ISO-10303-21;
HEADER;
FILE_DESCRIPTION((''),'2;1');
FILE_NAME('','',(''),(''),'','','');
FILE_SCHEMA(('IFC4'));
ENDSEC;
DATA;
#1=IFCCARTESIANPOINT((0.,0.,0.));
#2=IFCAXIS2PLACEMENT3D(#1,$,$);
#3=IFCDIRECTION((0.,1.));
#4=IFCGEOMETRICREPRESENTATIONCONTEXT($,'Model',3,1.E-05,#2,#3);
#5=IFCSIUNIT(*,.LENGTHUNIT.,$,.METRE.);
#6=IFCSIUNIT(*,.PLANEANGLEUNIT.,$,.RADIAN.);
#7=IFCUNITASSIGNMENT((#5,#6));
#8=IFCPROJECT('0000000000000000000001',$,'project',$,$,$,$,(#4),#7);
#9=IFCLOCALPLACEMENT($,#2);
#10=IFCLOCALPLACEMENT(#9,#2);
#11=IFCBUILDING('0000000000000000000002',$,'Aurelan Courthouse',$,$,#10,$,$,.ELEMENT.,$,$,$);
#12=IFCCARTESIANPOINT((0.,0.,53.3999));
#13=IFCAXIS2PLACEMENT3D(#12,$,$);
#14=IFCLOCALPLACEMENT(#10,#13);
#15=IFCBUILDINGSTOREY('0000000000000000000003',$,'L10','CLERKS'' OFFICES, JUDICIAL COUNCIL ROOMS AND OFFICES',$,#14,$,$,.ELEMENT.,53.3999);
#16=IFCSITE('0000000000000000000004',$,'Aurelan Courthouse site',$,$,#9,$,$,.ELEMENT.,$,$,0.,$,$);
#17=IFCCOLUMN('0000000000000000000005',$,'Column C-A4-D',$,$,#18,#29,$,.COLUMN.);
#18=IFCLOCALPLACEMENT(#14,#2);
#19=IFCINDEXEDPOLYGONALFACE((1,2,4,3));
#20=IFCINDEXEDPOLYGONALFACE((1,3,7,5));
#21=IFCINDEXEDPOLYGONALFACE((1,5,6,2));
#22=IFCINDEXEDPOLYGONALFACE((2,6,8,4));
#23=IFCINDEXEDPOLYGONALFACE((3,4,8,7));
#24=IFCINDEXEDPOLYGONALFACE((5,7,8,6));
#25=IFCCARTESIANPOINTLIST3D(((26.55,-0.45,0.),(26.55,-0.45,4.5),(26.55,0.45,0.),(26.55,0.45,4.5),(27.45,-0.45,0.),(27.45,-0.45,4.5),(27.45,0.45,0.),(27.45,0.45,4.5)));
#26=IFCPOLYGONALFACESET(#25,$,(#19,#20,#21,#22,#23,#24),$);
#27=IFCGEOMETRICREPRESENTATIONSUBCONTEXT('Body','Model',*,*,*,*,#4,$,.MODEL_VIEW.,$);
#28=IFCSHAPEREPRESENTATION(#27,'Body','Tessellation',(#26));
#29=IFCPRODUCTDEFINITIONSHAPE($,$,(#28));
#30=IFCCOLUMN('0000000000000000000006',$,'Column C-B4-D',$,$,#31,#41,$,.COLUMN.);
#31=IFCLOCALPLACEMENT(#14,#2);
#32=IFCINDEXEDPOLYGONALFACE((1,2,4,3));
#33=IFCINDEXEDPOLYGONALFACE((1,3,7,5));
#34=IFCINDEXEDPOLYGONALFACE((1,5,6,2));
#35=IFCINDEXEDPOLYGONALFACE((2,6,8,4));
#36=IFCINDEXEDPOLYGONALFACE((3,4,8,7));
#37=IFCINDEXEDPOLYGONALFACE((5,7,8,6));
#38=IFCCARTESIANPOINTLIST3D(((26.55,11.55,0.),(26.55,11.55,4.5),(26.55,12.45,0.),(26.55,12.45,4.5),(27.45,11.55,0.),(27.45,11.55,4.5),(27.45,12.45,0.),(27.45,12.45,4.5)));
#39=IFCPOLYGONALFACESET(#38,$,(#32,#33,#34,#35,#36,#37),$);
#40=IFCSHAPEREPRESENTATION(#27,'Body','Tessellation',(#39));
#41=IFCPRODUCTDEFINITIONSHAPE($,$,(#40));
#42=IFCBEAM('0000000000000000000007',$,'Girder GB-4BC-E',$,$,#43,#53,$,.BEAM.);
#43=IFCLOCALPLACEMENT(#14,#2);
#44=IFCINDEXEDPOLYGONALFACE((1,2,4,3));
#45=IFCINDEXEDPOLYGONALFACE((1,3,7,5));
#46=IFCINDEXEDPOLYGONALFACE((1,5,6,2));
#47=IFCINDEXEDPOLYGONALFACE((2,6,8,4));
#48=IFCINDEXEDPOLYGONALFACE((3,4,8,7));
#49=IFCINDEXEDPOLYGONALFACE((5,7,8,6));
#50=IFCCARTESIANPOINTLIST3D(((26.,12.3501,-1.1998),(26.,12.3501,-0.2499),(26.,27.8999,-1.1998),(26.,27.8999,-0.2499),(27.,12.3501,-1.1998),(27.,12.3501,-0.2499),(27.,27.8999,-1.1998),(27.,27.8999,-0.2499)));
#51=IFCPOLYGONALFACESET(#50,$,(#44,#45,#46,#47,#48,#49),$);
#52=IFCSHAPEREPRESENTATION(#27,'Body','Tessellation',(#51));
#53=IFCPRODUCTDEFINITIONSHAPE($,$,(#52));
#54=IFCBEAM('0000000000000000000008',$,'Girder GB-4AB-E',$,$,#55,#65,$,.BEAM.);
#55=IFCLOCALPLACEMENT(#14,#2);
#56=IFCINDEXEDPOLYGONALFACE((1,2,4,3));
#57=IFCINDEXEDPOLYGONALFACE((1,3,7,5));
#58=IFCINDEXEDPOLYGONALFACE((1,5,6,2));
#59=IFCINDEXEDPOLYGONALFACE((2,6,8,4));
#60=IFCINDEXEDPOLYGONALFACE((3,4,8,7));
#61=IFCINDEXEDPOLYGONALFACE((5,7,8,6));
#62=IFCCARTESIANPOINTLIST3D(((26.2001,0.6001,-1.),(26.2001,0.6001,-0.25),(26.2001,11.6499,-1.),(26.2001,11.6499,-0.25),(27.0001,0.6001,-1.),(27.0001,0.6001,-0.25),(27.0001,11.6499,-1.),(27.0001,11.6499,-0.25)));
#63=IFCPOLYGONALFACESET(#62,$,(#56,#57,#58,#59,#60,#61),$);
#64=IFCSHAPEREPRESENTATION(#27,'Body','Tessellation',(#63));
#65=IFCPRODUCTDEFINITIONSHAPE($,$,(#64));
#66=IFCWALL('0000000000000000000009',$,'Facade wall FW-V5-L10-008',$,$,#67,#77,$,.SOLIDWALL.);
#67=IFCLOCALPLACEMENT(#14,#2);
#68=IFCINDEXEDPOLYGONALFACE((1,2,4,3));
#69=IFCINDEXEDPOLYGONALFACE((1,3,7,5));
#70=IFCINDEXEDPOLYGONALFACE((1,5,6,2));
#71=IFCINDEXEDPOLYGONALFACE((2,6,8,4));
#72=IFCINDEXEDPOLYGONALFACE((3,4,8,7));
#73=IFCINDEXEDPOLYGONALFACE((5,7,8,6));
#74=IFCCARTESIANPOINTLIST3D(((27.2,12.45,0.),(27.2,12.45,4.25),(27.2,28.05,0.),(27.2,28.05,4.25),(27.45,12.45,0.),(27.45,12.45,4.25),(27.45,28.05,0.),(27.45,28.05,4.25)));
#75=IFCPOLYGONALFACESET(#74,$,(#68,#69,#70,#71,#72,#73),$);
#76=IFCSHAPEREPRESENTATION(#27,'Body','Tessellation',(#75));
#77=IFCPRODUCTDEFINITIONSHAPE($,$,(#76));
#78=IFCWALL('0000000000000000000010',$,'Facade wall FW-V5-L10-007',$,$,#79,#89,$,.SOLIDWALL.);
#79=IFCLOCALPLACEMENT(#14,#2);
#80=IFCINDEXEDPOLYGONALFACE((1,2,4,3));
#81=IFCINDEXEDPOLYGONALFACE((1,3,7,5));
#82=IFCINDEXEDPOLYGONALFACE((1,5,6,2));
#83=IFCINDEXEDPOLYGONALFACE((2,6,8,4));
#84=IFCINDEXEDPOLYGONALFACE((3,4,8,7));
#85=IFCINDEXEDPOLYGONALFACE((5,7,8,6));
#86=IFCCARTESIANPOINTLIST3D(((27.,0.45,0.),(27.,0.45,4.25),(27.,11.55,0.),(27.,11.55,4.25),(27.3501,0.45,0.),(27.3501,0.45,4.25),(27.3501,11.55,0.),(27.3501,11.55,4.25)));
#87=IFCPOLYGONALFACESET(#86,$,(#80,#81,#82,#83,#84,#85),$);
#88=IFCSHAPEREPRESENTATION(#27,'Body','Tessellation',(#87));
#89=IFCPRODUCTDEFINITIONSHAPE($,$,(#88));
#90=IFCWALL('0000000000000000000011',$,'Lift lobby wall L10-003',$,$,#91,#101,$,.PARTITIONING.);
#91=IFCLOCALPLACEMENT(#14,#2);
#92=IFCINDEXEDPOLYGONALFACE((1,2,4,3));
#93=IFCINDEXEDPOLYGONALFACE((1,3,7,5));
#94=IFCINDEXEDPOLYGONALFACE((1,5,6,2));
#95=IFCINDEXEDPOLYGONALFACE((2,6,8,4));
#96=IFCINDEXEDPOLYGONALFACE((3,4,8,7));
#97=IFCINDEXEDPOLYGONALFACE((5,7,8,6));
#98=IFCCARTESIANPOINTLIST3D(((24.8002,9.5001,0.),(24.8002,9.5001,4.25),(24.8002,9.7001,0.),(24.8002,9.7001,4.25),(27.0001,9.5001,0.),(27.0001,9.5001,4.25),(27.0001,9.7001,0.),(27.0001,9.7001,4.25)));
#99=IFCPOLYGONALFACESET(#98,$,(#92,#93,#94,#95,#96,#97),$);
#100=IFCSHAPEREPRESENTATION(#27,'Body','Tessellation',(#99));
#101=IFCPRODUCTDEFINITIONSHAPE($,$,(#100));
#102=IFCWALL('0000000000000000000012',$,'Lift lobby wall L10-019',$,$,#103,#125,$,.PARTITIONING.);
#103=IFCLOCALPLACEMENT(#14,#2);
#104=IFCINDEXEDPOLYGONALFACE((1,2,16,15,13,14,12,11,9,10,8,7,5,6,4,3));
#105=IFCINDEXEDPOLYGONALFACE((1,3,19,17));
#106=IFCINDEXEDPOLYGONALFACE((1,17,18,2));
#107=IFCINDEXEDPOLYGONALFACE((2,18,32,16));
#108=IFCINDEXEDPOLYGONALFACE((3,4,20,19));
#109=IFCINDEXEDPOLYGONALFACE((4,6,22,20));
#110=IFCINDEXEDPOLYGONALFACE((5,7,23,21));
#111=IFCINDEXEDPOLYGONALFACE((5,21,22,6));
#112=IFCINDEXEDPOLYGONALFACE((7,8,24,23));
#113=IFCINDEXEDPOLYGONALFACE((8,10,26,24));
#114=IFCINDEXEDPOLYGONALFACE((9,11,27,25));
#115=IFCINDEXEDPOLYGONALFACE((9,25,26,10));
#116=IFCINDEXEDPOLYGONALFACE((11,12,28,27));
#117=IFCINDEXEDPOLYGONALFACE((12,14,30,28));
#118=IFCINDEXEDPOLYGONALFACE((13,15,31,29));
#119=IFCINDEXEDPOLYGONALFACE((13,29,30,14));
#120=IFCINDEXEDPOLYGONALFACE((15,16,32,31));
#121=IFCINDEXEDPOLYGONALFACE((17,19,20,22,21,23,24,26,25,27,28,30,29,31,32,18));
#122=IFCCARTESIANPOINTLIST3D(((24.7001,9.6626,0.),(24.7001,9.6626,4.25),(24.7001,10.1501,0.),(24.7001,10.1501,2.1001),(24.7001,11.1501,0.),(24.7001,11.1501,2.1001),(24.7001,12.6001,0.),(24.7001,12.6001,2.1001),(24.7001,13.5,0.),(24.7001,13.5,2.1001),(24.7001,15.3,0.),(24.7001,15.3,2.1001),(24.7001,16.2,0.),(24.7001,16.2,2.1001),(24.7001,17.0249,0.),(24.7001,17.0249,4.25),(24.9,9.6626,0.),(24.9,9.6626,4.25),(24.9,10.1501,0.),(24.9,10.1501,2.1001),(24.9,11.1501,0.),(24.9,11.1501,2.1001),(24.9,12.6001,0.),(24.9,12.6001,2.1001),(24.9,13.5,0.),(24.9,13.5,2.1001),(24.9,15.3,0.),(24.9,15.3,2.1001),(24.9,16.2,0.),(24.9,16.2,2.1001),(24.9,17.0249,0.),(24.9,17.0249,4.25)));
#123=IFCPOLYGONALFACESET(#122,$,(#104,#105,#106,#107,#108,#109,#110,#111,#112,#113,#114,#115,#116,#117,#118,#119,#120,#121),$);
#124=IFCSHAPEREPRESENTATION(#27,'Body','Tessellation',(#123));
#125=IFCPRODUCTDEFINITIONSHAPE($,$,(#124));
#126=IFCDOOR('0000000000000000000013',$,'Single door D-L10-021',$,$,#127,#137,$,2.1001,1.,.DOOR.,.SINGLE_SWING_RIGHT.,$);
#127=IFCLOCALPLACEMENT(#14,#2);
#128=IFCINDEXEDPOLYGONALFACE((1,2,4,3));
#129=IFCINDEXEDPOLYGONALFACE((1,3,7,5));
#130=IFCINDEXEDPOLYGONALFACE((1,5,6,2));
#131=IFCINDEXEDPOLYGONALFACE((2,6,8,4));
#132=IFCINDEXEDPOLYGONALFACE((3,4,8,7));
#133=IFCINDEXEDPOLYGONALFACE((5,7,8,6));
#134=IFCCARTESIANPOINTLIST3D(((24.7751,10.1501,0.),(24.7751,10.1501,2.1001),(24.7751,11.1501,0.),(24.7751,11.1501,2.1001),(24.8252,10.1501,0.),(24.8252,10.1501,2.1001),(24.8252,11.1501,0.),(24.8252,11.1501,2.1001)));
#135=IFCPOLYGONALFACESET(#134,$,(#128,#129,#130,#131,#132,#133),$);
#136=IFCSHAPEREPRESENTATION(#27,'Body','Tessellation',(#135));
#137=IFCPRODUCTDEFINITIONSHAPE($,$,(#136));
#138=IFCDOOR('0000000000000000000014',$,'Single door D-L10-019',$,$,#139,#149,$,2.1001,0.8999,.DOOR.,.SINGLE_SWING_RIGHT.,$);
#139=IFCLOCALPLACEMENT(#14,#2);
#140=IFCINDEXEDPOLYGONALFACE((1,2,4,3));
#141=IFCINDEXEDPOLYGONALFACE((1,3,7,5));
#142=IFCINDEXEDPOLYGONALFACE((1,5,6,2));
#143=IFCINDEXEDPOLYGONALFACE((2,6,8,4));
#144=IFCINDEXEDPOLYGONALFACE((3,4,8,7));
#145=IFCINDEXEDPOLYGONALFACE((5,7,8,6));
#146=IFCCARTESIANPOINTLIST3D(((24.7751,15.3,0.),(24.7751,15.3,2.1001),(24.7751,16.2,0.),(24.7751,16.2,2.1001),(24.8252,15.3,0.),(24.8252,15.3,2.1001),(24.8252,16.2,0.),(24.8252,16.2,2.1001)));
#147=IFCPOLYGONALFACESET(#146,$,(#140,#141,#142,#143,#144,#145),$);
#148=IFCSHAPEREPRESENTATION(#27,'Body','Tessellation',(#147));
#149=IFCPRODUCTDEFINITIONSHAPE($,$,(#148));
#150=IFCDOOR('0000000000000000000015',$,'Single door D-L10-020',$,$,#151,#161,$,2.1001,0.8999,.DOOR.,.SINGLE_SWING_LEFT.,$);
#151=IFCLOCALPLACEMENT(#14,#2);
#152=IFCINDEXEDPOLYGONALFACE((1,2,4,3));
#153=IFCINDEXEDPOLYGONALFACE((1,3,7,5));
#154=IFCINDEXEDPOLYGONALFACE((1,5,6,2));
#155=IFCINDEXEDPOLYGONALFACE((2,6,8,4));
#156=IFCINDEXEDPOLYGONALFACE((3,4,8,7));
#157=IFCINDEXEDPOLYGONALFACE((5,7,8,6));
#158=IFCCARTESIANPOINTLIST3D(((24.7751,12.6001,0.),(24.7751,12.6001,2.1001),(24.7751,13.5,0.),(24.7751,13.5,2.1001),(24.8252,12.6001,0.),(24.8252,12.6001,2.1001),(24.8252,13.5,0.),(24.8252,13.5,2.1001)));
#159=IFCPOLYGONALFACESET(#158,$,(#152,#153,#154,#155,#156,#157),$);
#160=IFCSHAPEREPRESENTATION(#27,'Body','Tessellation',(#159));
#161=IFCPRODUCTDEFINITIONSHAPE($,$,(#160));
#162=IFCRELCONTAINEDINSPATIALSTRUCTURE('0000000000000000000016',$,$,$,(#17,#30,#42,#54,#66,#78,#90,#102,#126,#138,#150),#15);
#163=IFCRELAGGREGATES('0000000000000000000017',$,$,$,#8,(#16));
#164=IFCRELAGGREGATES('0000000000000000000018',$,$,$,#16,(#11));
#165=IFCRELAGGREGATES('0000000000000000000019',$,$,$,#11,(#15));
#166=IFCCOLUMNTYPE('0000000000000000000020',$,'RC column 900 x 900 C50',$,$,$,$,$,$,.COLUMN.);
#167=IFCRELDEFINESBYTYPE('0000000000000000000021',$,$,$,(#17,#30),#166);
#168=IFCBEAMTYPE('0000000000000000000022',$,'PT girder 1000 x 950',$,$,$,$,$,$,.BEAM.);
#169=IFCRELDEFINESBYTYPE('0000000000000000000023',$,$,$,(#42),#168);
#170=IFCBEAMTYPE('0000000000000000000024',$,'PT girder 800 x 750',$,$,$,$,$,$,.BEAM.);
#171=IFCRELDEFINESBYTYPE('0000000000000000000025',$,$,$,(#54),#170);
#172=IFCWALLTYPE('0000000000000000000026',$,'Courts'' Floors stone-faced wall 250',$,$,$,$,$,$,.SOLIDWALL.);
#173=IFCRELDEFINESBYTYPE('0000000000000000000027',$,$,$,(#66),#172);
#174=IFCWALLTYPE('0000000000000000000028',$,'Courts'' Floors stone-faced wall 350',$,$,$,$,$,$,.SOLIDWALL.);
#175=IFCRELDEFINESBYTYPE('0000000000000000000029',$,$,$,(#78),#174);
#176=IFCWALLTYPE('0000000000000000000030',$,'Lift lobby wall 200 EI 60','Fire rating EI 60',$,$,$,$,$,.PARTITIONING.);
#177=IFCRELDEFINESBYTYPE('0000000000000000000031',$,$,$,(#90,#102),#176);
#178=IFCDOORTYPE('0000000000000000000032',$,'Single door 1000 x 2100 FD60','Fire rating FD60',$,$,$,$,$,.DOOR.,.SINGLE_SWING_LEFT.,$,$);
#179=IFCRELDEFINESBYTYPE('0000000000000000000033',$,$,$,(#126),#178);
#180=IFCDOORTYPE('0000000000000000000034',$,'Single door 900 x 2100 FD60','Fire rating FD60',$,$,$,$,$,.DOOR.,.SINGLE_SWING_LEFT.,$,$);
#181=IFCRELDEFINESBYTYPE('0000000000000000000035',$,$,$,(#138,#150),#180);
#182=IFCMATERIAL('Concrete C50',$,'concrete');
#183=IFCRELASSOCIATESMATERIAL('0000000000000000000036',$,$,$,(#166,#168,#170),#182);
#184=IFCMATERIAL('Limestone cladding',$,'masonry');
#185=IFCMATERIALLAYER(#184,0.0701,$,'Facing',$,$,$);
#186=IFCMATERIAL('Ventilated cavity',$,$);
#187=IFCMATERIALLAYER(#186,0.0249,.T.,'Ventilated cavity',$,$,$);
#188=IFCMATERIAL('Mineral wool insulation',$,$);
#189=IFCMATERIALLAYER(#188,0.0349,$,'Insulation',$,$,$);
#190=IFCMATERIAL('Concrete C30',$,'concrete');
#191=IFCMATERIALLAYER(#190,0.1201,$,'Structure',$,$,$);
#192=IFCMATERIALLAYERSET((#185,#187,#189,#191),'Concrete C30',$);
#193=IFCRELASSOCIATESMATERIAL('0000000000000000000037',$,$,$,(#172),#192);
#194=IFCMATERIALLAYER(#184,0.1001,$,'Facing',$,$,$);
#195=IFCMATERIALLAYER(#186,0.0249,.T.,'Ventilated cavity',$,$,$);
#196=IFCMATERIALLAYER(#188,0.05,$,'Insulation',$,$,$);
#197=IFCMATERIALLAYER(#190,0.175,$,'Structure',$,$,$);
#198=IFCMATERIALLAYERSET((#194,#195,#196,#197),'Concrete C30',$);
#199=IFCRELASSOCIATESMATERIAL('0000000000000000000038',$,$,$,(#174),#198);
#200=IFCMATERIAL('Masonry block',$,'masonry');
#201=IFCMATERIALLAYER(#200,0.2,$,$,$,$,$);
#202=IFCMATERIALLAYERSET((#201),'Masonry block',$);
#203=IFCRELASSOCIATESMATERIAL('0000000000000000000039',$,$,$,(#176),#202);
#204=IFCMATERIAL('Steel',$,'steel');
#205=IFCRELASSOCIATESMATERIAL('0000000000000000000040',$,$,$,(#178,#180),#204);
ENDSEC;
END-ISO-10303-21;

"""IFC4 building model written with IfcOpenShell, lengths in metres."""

from ifc_helpers import new_model, si_unit, direction, frame, frame_2d, origin, origin_2d, place, context, subcontext, project, spatial, rectangle, extrude, material, layer, layer_set, material_profile, profile_set, type_object, element, fill, save


model = new_model("IFC4")

# Units and contexts
model_context = context("Model", 3, precision=1e-05, world=origin(), true_north=direction((0.0, 1.0)))
body_context = subcontext(model_context, "Body", "Model", "MODEL_VIEW")
ifc_project = project(units=[si_unit("LENGTHUNIT", "METRE"), si_unit("PLANEANGLEUNIT", "RADIAN")], contexts=[model_context])

# Site, building, storey
site_placement = place(None, origin())
site = spatial("IfcSite", under=ifc_project, at=site_placement, Name="Aurelan Courthouse site", CompositionType="ELEMENT", RefElevation=0.0)
building_placement = place(site_placement, origin())
building = spatial("IfcBuilding", under=site, at=building_placement, Name="Aurelan Courthouse", CompositionType="ELEMENT")
storey_placement = place(building_placement, frame((0.0, 0.0, 53.3999)))
storey = spatial("IfcBuildingStorey", under=building, at=storey_placement, Name="L10", Description="CLERKS' OFFICES, JUDICIAL COUNCIL ROOMS AND OFFICES", CompositionType="ELEMENT", Elevation=53.3999)

# Columns
ifc_material_1 = material(Name="Concrete C50", Category="concrete")
ifc_material_profile_1 = material_profile(ifc_material_1, rectangle(XDim=0.8999, YDim=0.8999, at=origin_2d()), Name="RC 900 x 900")
ifc_profile_set_1 = profile_set([ifc_material_profile_1], Name="Concrete C50")
column_type = type_object("IfcColumnType", Name="RC column 900 x 900 C50", PredefinedType="COLUMN", material=ifc_profile_set_1)
for number, where, z_axis, x_axis, name in (
    (1, (27.0, 0.0, 0.0), (0.0, 0.0, 1.0), (1.0, 0.0, 0.0), "Column C-A4-D"),
    (2, (27.0, 12.0, 0.0), (0.0, 0.0, 1.0), (1.0, 0.0, 0.0), "Column C-B4-D"),
):
    element("IfcColumn", number, at=place(storey_placement, frame(where, z_axis=z_axis, x_axis=x_axis)), inside=storey, type_object=column_type, Name=name, PredefinedType="COLUMN", context=body_context, shape_type="SweptSolid", body=[
        extrude(rectangle(XDim=0.8999, YDim=0.8999, at=origin_2d()), origin(), (0.0, 0.0, 1.0), 4.5),
    ])

# Beams
ifc_material_profile_2 = material_profile(ifc_material_1, rectangle(XDim=1.0, YDim=0.95, at=origin_2d()), Name="RC 1000 x 950")
ifc_profile_set_2 = profile_set([ifc_material_profile_2], Name="Concrete C50")
beam_type_1 = type_object("IfcBeamType", Name="PT girder 1000 x 950", PredefinedType="BEAM", material=ifc_profile_set_2)
beam_1_placement = place(storey_placement, frame((26.5, 12.3501, -0.7249), z_axis=(0.0, 1.0, 0.0), x_axis=(-1.0, 0.0, 0.0)))
element("IfcBeam", 3, at=beam_1_placement, inside=storey, type_object=beam_type_1, Name="Girder GB-4BC-E", PredefinedType="BEAM", context=body_context, shape_type="SweptSolid", body=[
    extrude(rectangle(XDim=1.0, YDim=0.95, at=origin_2d()), origin(), (0.0, 0.0, 1.0), 15.5498),
])
ifc_material_profile_3 = material_profile(ifc_material_1, rectangle(XDim=0.8, YDim=0.75, at=origin_2d()), Name="RC 800 x 750")
ifc_profile_set_3 = profile_set([ifc_material_profile_3], Name="Concrete C50")
beam_type_2 = type_object("IfcBeamType", Name="PT girder 800 x 750", PredefinedType="BEAM", material=ifc_profile_set_3)
beam_2_placement = place(storey_placement, frame((26.6001, 0.6001, -0.625), z_axis=(0.0, 1.0, 0.0), x_axis=(-1.0, 0.0, 0.0)))
element("IfcBeam", 4, at=beam_2_placement, inside=storey, type_object=beam_type_2, Name="Girder GB-4AB-E", PredefinedType="BEAM", context=body_context, shape_type="SweptSolid", body=[
    extrude(rectangle(XDim=0.8, YDim=0.75, at=origin_2d()), origin(), (0.0, 0.0, 1.0), 11.0498),
])

# Walls
ifc_material_2 = material(Name="Limestone cladding", Category="masonry")
ifc_layer_1 = layer(ifc_material_2, 0.0701, Name="Facing")
ifc_material_3 = material(Name="Ventilated cavity")
ifc_layer_2 = layer(ifc_material_3, 0.0249, ventilated=True, Name="Ventilated cavity")
ifc_material_4 = material(Name="Mineral wool insulation")
ifc_layer_3 = layer(ifc_material_4, 0.0349, Name="Insulation")
ifc_material_5 = material(Name="Concrete C30", Category="concrete")
ifc_layer_4 = layer(ifc_material_5, 0.1201, Name="Structure")
ifc_layer_set_1 = layer_set([ifc_layer_1, ifc_layer_2, ifc_layer_3, ifc_layer_4], Name="Concrete C30")
wall_type_1 = type_object("IfcWallType", Name="Courts' Floors stone-faced wall 250", PredefinedType="SOLIDWALL", material=ifc_layer_set_1)
wall_1_placement = place(storey_placement, frame((27.325, 12.45, 0.0), z_axis=(0.0, 0.0, 1.0), x_axis=(0.0, 1.0, 0.0)))
element("IfcWall", 5, at=wall_1_placement, inside=storey, type_object=wall_type_1, Name="Facade wall FW-V5-L10-008", PredefinedType="SOLIDWALL", context=body_context, shape_type="SweptSolid", body=[
    extrude(rectangle(XDim=15.6001, YDim=0.25, at=frame_2d((7.8, 0.0))), origin(), (0.0, 0.0, 1.0), 4.25),
])
ifc_layer_5 = layer(ifc_material_2, 0.1001, Name="Facing")
ifc_layer_6 = layer(ifc_material_3, 0.0249, ventilated=True, Name="Ventilated cavity")
ifc_layer_7 = layer(ifc_material_4, 0.05, Name="Insulation")
ifc_layer_8 = layer(ifc_material_5, 0.175, Name="Structure")
ifc_layer_set_2 = layer_set([ifc_layer_5, ifc_layer_6, ifc_layer_7, ifc_layer_8], Name="Concrete C30")
wall_type_2 = type_object("IfcWallType", Name="Courts' Floors stone-faced wall 350", PredefinedType="SOLIDWALL", material=ifc_layer_set_2)
wall_2_placement = place(storey_placement, frame((27.175, 0.45, 0.0), z_axis=(0.0, 0.0, 1.0), x_axis=(0.0, 1.0, 0.0)))
element("IfcWall", 6, at=wall_2_placement, inside=storey, type_object=wall_type_2, Name="Facade wall FW-V5-L10-007", PredefinedType="SOLIDWALL", context=body_context, shape_type="SweptSolid", body=[
    extrude(rectangle(XDim=11.1001, YDim=0.3501, at=frame_2d((5.55, 0.0))), origin(), (0.0, 0.0, 1.0), 4.25),
])
ifc_material_6 = material(Name="Masonry block", Category="masonry")
ifc_layer_9 = layer(ifc_material_6, 0.2)
ifc_layer_set_3 = layer_set([ifc_layer_9], Name="Masonry block")
wall_type_3 = type_object("IfcWallType", Name="Lift lobby wall 200 EI 60", Description="Fire rating EI 60", PredefinedType="PARTITIONING", material=ifc_layer_set_3)
wall_3_placement = place(storey_placement, frame((24.8, 9.6001, 0.0), z_axis=(0.0, 0.0, 1.0), x_axis=(1.0, 0.0, 0.0)))
element("IfcWall", 7, at=wall_3_placement, inside=storey, type_object=wall_type_3, Name="Lift lobby wall L10-003", PredefinedType="PARTITIONING", context=body_context, shape_type="SweptSolid", body=[
    extrude(rectangle(XDim=2.2, YDim=0.2, at=frame_2d((1.1001, 0.0))), origin(), (0.0, 0.0, 1.0), 4.25),
])

# Wall, openings, doors
wall_4_placement = place(storey_placement, frame((24.8, 9.6626, 0.0), z_axis=(0.0, 0.0, 1.0), x_axis=(0.0, 1.0, 0.0)))
wall_4 = element("IfcWall", 8, at=wall_4_placement, inside=storey, type_object=wall_type_3, Name="Lift lobby wall L10-019", PredefinedType="PARTITIONING", context=body_context, shape_type="SweptSolid", body=[
    extrude(rectangle(XDim=7.3623, YDim=0.2, at=frame_2d((3.6812, 0.0))), origin(), (0.0, 0.0, 1.0), 4.25),
])
opening_1_placement = place(wall_4_placement, frame((5.6375, 0.0, 0.0)))
opening_1 = element("IfcOpeningElement", 9, at=opening_1_placement, cuts=wall_4, PredefinedType="OPENING", context=body_context, shape_type="SweptSolid", body=[
    extrude(rectangle(XDim=0.8999, YDim=2.1001, at=frame_2d((0.45, 1.05))), frame((0.0, 0.1099, 0.0), z_axis=(0.0, -1.0, 0.0), x_axis=(1.0, 0.0, 0.0)), (0.0, 0.0, 1.0), 0.22),
])
opening_2_placement = place(wall_4_placement, frame((2.9375, 0.0, 0.0)))
opening_2 = element("IfcOpeningElement", 10, at=opening_2_placement, cuts=wall_4, PredefinedType="OPENING", context=body_context, shape_type="SweptSolid", body=[
    extrude(rectangle(XDim=0.8999, YDim=2.1001, at=frame_2d((0.45, 1.05))), frame((0.0, 0.1099, 0.0), z_axis=(0.0, -1.0, 0.0), x_axis=(1.0, 0.0, 0.0)), (0.0, 0.0, 1.0), 0.22),
])
opening_3_placement = place(wall_4_placement, frame((0.4875, 0.0, 0.0)))
opening_3 = element("IfcOpeningElement", 11, at=opening_3_placement, cuts=wall_4, PredefinedType="OPENING", context=body_context, shape_type="SweptSolid", body=[
    extrude(rectangle(XDim=1.0, YDim=2.1001, at=frame_2d((0.5, 1.05))), frame((0.0, 0.1099, 0.0), z_axis=(0.0, -1.0, 0.0), x_axis=(1.0, 0.0, 0.0)), (0.0, 0.0, 1.0), 0.22),
])
ifc_material_7 = material(Name="Steel", Category="steel")
door_type_1 = type_object("IfcDoorType", Name="Single door 1000 x 2100 FD60", Description="Fire rating FD60", OperationType="SINGLE_SWING_LEFT", PredefinedType="DOOR", material=ifc_material_7)
door_1_placement = place(opening_3_placement, origin())
door_1 = element("IfcDoor", 12, at=door_1_placement, inside=storey, type_object=door_type_1, Name="Single door D-L10-021", OperationType="SINGLE_SWING_RIGHT", OverallHeight=2.1001, OverallWidth=1.0, PredefinedType="DOOR", context=body_context, shape_type="SweptSolid", body=[
    extrude(rectangle(XDim=1.0, YDim=2.1001, at=frame_2d((0.5, 1.05))), frame((0.0, 0.0249, 0.0), z_axis=(0.0, -1.0, 0.0), x_axis=(1.0, 0.0, 0.0)), (0.0, 0.0, 1.0), 0.05),
])
fill(opening_3, door_1)
door_type_2 = type_object("IfcDoorType", Name="Single door 900 x 2100 FD60", Description="Fire rating FD60", OperationType="SINGLE_SWING_LEFT", PredefinedType="DOOR", material=ifc_material_7)
door_2_placement = place(opening_1_placement, origin())
door_2 = element("IfcDoor", 13, at=door_2_placement, inside=storey, type_object=door_type_2, Name="Single door D-L10-019", OperationType="SINGLE_SWING_RIGHT", OverallHeight=2.1001, OverallWidth=0.8999, PredefinedType="DOOR", context=body_context, shape_type="SweptSolid", body=[
    extrude(rectangle(XDim=0.8999, YDim=2.1001, at=frame_2d((0.45, 1.05))), frame((0.0, 0.0249, 0.0), z_axis=(0.0, -1.0, 0.0), x_axis=(1.0, 0.0, 0.0)), (0.0, 0.0, 1.0), 0.05),
])
fill(opening_1, door_2)
door_3_placement = place(opening_2_placement, origin())
door_3 = element("IfcDoor", 14, at=door_3_placement, inside=storey, type_object=door_type_2, Name="Single door D-L10-020", OperationType="SINGLE_SWING_LEFT", OverallHeight=2.1001, OverallWidth=0.8999, PredefinedType="DOOR", context=body_context, shape_type="SweptSolid", body=[
    extrude(rectangle(XDim=0.8999, YDim=2.1001, at=frame_2d((0.45, 1.05))), frame((0.0, 0.0249, 0.0), z_axis=(0.0, -1.0, 0.0), x_axis=(1.0, 0.0, 0.0)), (0.0, 0.0, 1.0), 0.05),
])
fill(opening_2, door_3)

save(model, "model.ifc")
